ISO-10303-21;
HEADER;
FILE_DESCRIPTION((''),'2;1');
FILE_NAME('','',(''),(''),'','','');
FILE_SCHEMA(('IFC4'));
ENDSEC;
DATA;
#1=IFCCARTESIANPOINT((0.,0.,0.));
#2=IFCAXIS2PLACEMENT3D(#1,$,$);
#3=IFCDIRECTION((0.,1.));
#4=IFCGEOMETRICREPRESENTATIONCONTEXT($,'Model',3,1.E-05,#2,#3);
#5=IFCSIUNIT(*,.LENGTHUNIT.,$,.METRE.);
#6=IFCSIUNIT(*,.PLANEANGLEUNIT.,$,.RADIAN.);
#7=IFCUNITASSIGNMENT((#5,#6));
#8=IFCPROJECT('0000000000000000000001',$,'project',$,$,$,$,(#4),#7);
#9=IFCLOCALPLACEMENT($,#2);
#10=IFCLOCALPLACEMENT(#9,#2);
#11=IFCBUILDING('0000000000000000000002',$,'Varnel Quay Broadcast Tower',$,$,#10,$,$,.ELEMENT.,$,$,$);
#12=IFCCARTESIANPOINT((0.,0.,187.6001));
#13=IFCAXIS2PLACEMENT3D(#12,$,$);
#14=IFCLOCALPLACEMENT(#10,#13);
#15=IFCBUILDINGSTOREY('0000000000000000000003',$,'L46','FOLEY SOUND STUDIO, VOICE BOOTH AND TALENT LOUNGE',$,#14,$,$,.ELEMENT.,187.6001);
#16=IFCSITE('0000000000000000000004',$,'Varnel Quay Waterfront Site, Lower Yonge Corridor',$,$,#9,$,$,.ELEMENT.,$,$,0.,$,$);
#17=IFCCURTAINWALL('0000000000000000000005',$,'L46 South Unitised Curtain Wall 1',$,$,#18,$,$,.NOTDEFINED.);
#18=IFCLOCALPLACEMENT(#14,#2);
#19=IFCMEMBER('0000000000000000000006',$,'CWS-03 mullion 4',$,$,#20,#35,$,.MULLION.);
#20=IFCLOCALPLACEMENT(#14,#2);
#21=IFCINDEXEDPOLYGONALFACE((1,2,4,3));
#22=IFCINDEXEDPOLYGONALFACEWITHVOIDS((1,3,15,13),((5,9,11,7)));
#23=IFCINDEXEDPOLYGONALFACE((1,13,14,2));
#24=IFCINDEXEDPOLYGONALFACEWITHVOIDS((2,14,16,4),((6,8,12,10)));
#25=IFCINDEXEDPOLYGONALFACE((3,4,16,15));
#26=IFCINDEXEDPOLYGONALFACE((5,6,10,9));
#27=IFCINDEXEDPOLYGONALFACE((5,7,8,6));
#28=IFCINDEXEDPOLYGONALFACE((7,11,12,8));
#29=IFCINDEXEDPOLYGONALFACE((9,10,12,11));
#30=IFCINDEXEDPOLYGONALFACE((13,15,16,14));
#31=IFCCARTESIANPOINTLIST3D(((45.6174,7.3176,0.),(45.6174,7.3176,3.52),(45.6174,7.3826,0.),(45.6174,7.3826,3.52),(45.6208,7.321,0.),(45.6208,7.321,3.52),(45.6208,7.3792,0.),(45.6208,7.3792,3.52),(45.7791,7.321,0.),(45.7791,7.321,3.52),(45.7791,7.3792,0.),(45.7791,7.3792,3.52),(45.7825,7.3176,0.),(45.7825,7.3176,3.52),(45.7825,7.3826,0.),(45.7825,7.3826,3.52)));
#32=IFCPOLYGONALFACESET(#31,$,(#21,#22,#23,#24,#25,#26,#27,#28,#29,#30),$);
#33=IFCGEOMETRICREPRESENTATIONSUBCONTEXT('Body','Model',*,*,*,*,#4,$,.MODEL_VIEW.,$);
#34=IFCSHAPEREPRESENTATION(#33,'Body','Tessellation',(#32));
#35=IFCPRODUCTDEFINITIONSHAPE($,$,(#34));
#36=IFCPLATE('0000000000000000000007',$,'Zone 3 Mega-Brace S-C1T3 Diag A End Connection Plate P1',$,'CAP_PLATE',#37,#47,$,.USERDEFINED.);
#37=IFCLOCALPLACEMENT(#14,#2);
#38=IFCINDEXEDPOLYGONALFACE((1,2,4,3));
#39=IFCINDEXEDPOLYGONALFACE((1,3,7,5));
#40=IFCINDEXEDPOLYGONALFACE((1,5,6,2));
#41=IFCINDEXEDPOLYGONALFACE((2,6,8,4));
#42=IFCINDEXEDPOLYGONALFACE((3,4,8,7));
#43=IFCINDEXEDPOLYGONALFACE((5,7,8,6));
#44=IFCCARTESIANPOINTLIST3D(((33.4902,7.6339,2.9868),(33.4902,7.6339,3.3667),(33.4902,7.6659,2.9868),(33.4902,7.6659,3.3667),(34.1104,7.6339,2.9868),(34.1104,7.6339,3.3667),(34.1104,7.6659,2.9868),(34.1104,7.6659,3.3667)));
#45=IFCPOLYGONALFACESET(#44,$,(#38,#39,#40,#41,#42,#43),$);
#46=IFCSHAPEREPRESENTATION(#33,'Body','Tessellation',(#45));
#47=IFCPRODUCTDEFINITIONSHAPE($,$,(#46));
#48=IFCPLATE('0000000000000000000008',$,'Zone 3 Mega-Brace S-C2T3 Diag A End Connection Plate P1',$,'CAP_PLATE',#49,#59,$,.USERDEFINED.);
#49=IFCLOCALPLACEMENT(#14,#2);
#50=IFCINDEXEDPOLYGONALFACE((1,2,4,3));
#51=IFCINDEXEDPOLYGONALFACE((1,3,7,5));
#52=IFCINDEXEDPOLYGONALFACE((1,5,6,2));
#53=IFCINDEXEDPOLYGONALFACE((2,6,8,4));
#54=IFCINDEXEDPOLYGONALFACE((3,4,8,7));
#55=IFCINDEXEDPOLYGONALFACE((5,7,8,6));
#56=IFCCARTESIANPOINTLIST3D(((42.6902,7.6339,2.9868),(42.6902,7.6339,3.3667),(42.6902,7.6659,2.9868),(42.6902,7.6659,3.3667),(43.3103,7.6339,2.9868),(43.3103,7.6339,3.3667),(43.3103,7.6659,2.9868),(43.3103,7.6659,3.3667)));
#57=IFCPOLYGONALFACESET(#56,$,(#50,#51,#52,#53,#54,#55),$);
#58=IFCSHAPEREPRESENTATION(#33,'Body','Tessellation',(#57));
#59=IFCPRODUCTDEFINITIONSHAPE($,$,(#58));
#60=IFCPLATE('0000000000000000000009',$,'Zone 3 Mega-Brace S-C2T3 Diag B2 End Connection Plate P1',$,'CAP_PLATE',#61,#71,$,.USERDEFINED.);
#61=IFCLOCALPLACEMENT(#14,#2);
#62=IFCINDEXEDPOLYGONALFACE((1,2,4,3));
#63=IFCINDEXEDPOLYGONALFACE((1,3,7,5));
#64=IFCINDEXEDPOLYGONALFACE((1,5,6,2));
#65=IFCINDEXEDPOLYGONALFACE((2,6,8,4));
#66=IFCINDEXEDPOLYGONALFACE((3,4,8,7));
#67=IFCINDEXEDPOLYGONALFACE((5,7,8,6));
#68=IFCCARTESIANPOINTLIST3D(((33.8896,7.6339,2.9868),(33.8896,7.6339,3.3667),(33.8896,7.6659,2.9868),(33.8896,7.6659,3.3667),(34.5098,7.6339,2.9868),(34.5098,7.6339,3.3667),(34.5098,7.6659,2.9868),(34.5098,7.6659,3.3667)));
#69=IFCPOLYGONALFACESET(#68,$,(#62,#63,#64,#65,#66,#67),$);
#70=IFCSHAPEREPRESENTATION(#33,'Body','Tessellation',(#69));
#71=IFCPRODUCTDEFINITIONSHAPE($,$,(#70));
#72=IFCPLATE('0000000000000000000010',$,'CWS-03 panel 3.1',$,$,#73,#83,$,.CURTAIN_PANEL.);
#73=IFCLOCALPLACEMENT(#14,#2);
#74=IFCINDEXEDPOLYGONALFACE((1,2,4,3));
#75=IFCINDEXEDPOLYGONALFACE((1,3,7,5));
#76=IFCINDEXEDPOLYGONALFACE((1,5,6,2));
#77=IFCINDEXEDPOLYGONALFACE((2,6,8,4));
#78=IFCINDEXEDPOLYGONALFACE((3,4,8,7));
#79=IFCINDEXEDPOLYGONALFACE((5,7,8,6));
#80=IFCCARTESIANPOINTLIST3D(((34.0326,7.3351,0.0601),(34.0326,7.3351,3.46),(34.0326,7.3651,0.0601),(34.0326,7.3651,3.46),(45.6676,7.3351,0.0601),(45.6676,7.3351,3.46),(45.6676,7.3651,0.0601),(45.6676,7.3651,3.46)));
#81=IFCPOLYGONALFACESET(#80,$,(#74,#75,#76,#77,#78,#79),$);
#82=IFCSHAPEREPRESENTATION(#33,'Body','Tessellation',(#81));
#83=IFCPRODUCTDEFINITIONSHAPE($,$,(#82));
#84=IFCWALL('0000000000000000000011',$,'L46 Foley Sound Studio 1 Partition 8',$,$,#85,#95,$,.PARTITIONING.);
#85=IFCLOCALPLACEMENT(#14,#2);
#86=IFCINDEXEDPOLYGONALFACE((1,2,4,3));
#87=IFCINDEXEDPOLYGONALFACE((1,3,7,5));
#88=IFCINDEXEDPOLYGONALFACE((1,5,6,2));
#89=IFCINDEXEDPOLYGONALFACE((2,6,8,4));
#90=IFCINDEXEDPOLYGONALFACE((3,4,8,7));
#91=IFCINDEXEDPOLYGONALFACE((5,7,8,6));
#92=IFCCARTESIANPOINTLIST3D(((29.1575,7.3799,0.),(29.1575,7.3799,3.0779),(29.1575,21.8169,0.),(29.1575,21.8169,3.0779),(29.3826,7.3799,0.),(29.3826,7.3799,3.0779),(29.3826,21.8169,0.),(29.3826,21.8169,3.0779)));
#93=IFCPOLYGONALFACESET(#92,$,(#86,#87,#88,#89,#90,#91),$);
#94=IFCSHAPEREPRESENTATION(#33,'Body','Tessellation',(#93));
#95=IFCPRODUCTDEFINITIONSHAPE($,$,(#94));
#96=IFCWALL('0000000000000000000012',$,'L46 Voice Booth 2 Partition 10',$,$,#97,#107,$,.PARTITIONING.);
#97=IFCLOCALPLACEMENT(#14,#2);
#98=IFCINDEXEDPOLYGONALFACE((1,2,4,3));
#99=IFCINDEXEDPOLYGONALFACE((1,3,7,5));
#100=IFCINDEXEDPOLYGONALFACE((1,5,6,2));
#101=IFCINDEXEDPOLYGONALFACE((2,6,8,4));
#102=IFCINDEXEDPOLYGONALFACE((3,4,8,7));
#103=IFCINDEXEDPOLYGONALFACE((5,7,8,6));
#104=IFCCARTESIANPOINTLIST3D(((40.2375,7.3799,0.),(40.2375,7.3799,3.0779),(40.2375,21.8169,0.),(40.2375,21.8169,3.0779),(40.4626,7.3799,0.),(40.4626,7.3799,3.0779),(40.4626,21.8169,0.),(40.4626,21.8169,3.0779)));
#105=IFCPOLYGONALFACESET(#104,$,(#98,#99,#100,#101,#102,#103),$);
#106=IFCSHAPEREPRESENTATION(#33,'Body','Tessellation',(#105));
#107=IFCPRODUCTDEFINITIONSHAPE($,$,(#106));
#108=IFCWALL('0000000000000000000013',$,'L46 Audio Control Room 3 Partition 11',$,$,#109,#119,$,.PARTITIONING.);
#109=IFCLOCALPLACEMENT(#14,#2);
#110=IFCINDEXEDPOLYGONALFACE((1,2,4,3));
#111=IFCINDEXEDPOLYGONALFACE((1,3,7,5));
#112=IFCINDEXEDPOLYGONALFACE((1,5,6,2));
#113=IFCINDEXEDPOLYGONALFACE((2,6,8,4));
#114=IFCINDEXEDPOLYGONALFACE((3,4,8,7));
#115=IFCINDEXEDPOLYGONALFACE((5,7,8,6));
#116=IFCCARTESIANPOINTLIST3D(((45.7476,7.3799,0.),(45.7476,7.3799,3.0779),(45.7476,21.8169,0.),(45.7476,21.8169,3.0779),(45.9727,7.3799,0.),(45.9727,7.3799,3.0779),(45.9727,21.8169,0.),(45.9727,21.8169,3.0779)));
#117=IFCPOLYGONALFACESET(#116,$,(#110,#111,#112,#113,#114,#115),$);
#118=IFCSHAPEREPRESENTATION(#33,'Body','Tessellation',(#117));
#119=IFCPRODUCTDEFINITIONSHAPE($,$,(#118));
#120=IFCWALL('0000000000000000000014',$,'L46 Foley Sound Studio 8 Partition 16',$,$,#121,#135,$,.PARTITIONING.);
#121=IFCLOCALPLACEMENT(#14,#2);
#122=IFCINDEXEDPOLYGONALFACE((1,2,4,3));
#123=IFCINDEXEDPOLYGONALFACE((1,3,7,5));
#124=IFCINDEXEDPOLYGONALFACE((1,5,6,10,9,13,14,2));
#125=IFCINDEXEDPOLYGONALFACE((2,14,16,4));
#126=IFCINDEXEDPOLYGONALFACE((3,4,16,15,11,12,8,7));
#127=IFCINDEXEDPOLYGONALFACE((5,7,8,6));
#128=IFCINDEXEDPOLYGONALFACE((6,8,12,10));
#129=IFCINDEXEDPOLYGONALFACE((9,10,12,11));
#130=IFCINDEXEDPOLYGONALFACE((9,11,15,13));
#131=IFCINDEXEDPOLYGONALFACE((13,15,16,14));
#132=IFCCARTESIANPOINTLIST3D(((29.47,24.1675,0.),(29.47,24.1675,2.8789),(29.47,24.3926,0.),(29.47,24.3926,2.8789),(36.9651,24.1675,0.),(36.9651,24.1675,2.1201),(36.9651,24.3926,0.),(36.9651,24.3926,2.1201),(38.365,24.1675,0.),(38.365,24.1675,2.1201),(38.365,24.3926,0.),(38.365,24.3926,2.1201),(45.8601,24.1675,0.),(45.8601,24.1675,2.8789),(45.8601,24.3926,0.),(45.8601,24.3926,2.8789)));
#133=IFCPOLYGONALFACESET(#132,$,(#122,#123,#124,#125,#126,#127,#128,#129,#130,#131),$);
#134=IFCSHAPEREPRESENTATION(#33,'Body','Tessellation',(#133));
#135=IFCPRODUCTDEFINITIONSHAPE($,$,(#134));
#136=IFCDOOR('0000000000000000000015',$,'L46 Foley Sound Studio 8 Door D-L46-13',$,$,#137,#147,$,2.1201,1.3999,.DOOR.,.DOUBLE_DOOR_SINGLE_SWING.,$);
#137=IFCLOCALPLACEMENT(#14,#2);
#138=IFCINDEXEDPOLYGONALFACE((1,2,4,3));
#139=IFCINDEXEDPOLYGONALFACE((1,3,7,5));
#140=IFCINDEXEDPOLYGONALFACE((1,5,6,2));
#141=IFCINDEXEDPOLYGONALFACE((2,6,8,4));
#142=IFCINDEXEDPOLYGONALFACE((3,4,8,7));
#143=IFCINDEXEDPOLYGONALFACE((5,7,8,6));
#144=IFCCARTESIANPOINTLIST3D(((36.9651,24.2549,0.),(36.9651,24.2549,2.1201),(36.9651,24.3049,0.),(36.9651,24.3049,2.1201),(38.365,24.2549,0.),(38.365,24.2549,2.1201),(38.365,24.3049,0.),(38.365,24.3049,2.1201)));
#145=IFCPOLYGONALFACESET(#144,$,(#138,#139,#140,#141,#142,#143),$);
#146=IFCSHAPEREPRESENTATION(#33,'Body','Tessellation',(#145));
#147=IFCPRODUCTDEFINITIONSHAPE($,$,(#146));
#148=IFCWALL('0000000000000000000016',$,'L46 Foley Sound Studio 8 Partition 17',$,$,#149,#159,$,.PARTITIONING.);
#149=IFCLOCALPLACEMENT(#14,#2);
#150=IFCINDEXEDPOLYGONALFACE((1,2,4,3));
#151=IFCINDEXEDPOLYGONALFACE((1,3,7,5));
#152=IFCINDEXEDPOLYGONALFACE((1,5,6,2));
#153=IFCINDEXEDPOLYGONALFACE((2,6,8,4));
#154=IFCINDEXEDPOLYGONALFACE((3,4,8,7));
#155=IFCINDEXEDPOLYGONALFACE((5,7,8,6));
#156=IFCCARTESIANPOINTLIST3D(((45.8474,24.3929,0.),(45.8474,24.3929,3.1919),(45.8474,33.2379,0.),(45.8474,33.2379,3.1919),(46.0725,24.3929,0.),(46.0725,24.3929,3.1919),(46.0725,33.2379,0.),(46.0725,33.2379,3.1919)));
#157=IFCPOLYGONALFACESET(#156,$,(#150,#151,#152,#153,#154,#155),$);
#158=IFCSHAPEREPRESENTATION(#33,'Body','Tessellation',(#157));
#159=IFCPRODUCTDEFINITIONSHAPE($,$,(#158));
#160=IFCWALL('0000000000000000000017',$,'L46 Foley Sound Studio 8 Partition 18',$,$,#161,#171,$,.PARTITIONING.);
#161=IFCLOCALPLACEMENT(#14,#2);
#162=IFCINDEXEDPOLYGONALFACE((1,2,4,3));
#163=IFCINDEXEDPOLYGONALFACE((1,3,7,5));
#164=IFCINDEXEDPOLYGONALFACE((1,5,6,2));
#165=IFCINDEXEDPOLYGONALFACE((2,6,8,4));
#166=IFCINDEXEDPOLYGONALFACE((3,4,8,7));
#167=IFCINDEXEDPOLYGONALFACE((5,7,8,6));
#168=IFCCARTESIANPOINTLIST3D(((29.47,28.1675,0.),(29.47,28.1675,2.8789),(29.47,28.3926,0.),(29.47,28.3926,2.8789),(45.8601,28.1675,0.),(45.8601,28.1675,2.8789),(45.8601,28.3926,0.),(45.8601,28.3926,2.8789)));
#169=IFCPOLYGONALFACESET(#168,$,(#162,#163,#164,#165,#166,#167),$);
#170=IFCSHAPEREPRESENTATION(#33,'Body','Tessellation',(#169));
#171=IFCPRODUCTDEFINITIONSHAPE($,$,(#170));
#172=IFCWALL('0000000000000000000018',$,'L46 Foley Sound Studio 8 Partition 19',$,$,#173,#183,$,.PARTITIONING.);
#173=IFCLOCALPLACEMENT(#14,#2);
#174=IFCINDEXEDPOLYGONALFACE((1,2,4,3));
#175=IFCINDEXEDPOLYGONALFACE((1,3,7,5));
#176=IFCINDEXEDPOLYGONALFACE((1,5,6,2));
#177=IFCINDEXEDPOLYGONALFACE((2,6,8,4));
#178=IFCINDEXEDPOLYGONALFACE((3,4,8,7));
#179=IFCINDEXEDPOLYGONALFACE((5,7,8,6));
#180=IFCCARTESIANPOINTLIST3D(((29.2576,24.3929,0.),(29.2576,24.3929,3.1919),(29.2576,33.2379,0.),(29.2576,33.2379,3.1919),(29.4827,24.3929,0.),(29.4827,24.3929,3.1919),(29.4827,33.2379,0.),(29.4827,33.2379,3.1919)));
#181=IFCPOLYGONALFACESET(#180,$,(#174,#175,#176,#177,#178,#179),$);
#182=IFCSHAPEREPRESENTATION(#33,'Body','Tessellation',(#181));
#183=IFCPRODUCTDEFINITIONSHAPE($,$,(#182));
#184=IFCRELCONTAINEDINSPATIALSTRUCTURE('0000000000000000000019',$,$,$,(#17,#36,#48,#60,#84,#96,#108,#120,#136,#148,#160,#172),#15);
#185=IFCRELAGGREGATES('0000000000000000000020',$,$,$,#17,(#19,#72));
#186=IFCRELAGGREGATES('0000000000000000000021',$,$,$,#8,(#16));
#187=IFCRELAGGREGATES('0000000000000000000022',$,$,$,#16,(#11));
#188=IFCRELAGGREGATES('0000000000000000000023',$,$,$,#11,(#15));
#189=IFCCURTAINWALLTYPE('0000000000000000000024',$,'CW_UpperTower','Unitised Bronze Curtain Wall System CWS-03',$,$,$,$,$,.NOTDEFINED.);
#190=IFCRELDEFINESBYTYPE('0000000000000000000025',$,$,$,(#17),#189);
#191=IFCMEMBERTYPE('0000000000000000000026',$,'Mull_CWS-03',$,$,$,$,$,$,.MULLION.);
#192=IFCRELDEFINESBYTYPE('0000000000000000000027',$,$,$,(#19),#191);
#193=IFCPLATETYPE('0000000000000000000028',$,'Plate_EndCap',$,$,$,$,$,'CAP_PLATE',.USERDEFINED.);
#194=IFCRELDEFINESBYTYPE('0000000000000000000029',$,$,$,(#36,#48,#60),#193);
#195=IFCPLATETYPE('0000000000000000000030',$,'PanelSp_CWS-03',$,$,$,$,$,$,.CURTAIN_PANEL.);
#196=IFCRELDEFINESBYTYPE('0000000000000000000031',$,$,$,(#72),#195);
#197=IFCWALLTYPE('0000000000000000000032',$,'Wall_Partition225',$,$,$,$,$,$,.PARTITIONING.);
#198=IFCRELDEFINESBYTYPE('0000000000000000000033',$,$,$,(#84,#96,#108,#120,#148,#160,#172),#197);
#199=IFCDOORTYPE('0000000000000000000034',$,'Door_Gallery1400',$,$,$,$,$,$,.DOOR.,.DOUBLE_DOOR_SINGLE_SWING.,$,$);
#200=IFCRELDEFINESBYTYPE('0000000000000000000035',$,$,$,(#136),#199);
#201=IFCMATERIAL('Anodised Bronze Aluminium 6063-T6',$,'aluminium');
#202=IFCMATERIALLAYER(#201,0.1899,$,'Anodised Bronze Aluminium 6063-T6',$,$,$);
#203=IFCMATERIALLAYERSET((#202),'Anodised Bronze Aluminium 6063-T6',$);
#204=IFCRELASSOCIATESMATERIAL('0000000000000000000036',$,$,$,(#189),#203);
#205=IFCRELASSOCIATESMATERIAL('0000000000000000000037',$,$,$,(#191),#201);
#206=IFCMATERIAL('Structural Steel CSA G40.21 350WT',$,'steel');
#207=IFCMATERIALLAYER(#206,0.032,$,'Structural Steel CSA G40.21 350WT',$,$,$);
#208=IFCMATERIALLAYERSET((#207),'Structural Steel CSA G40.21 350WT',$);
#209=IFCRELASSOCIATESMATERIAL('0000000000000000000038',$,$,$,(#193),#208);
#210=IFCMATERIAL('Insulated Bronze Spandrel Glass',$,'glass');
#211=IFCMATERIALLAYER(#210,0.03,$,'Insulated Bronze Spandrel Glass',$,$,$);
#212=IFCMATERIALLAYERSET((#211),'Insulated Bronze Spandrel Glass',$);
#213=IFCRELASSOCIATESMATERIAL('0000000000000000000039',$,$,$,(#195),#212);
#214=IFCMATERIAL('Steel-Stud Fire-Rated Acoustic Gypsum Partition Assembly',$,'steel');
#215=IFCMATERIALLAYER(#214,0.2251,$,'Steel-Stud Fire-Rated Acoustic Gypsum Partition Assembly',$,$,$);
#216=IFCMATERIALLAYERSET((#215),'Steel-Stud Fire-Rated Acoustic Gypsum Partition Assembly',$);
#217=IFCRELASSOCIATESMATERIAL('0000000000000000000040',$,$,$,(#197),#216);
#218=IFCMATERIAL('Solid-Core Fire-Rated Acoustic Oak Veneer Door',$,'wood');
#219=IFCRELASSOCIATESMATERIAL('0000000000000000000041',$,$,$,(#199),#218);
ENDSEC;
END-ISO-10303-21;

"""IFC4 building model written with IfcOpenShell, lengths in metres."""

from ifc_helpers import new_model, si_unit, direction, frame, frame_2d, origin, origin_2d, place, context, subcontext, project, spatial, rectangle, hollow_rectangle, extrude, source, transform, mapped, material, layer, layer_set, material_profile, profile_set, type_object, type_shapes, element, fill, aggregate, save


model = new_model("IFC4")

# Units and contexts
model_context = context("Model", 3, precision=1e-05, world=origin(), true_north=direction((0.0, 1.0)))
body_context = subcontext(model_context, "Body", "Model", "MODEL_VIEW")
ifc_project = project(units=[si_unit("LENGTHUNIT", "METRE"), si_unit("PLANEANGLEUNIT", "RADIAN")], contexts=[model_context])

# Site, building, storey
site_placement = place(None, origin())
site = spatial("IfcSite", under=ifc_project, at=site_placement, Name="Varnel Quay Waterfront Site, Lower Yonge Corridor", CompositionType="ELEMENT", RefElevation=0.0)
building_placement = place(site_placement, origin())
building = spatial("IfcBuilding", under=site, at=building_placement, Name="Varnel Quay Broadcast Tower", CompositionType="ELEMENT")
storey_placement = place(building_placement, frame((0.0, 0.0, 187.6001)))
storey = spatial("IfcBuildingStorey", under=building, at=storey_placement, Name="L46", Description="FOLEY SOUND STUDIO, VOICE BOOTH AND TALENT LOUNGE", CompositionType="ELEMENT", Elevation=187.6001)

# Curtain wall, member
ifc_material_1 = material(Name="Anodised Bronze Aluminium 6063-T6", Category="aluminium")
ifc_layer_1 = layer(ifc_material_1, 0.1899, Name="Anodised Bronze Aluminium 6063-T6")
ifc_layer_set_1 = layer_set([ifc_layer_1], Name="Anodised Bronze Aluminium 6063-T6")
curtain_wall_type = type_object("IfcCurtainWallType", Name="CW_UpperTower", Description="Unitised Bronze Curtain Wall System CWS-03", PredefinedType="NOTDEFINED", material=ifc_layer_set_1)
curtain_wall_placement = place(storey_placement, origin())
curtain_wall = element("IfcCurtainWall", 1, at=curtain_wall_placement, inside=storey, type_object=curtain_wall_type, Name="L46 South Unitised Curtain Wall 1", PredefinedType="NOTDEFINED")
ifc_material_profile_1 = material_profile(ifc_material_1, hollow_rectangle(XDim=0.0649, YDim=0.165, WallThickness=0.0034, at=origin_2d()), Name="ALU65X165X3.5")
ifc_profile_set_1 = profile_set([ifc_material_profile_1], Name="Anodised Bronze Aluminium 6063-T6")
member_type_1 = type_object("IfcMemberType", Name="Mull_CWS-03", PredefinedType="MULLION", material=ifc_profile_set_1)
shared_shape_1 = source(origin(), body_context, "Body", "SweptSolid", [
    extrude(hollow_rectangle(XDim=0.0649, YDim=0.165, WallThickness=0.0034, at=origin_2d()), origin(), (0.0, 0.0, 1.0), 3.52),
])
type_shapes(member_type_1, [shared_shape_1])
member_1_placement = place(storey_placement, frame((45.7, 7.3501, 0.0), z_axis=(0.0, 0.0, 1.0), x_axis=(0.0, 1.0, 0.0)))
member_1 = element("IfcMember", 2, at=member_1_placement, type_object=member_type_1, Name="CWS-03 mullion 4", PredefinedType="MULLION", context=body_context, shape_type="MappedRepresentation", body=[
    mapped(shared_shape_1, transform((0.0, 0.0, 0.0), x_axis=(1.0, 0.0, 0.0), y_axis=(0.0, 1.0, 0.0), z_axis=(0.0, 0.0, 1.0), scale=1.0)),
])

# Plates
ifc_material_2 = material(Name="Structural Steel CSA G40.21 350WT", Category="steel")
ifc_layer_2 = layer(ifc_material_2, 0.032, Name="Structural Steel CSA G40.21 350WT")
ifc_layer_set_2 = layer_set([ifc_layer_2], Name="Structural Steel CSA G40.21 350WT")
plate_type_1 = type_object("IfcPlateType", Name="Plate_EndCap", ElementType="CAP_PLATE", PredefinedType="USERDEFINED", material=ifc_layer_set_2)
shared_shape_2 = source(origin(), body_context, "Body", "SweptSolid", [
    extrude(rectangle(XDim=0.6201, YDim=0.032, at=origin_2d()), origin(), (0.0, 0.0, 1.0), 0.3799),
])
type_shapes(plate_type_1, [shared_shape_2])
for number, where, z_axis, x_axis, name in (
    (3, (33.8003, 7.6499, 2.9868), (0.0, 0.0, 1.0), (1.0, 0.0, 0.0), "Zone 3 Mega-Brace S-C1T3 Diag A End Connection Plate P1"),
    (4, (43.0002, 7.6499, 2.9868), (0.0, 0.0, 1.0), (1.0, 0.0, 0.0), "Zone 3 Mega-Brace S-C2T3 Diag A End Connection Plate P1"),
    (5, (34.1997, 7.6499, 2.9868), (0.0, 0.0, 1.0), (1.0, 0.0, 0.0), "Zone 3 Mega-Brace S-C2T3 Diag B2 End Connection Plate P1"),
):
    element("IfcPlate", number, at=place(storey_placement, frame(where, z_axis=z_axis, x_axis=x_axis)), inside=storey, type_object=plate_type_1, Name=name, ObjectType="CAP_PLATE", PredefinedType="USERDEFINED", context=body_context, shape_type="MappedRepresentation", body=[
        mapped(shared_shape_2, transform((0.0, 0.0, 0.0), x_axis=(1.0, 0.0, 0.0), y_axis=(0.0, 1.0, 0.0), z_axis=(0.0, 0.0, 1.0), scale=1.0)),
    ])

# Plate
ifc_material_3 = material(Name="Insulated Bronze Spandrel Glass", Category="glass")
ifc_layer_3 = layer(ifc_material_3, 0.03, Name="Insulated Bronze Spandrel Glass")
ifc_layer_set_3 = layer_set([ifc_layer_3], Name="Insulated Bronze Spandrel Glass")
plate_type_2 = type_object("IfcPlateType", Name="PanelSp_CWS-03", PredefinedType="CURTAIN_PANEL", material=ifc_layer_set_3)
shared_shape_3 = source(origin(), body_context, "Body", "SweptSolid", [
    extrude(rectangle(XDim=11.635, YDim=0.03, at=origin_2d()), origin(), (0.0, 0.0, 1.0), 3.3999),
])
type_shapes(plate_type_2, [shared_shape_3])
plate_placement = place(storey_placement, frame((39.8501, 7.3501, 0.0601), z_axis=(0.0, 0.0, 1.0), x_axis=(1.0, 0.0, 0.0)))
plate = element("IfcPlate", 6, at=plate_placement, type_object=plate_type_2, Name="CWS-03 panel 3.1", PredefinedType="CURTAIN_PANEL", context=body_context, shape_type="MappedRepresentation", body=[
    mapped(shared_shape_3, transform((0.0, 0.0, 0.0), x_axis=(1.0, 0.0, 0.0), y_axis=(0.0, 1.0, 0.0), z_axis=(0.0, 0.0, 1.0), scale=1.0)),
])
aggregate(curtain_wall, [member_1, plate])

# Walls
ifc_material_4 = material(Name="Steel-Stud Fire-Rated Acoustic Gypsum Partition Assembly", Category="steel")
ifc_layer_4 = layer(ifc_material_4, 0.2251, Name="Steel-Stud Fire-Rated Acoustic Gypsum Partition Assembly")
ifc_layer_set_4 = layer_set([ifc_layer_4], Name="Steel-Stud Fire-Rated Acoustic Gypsum Partition Assembly")
wall_type = type_object("IfcWallType", Name="Wall_Partition225", PredefinedType="PARTITIONING", material=ifc_layer_set_4)
for number, where, z_axis, x_axis, name in (
    (7, (29.27, 7.3799, 0.0), (0.0, 0.0, 1.0), (0.0, 1.0, 0.0), "L46 Foley Sound Studio 1 Partition 8"),
    (8, (40.3501, 7.3799, 0.0), (0.0, 0.0, 1.0), (0.0, 1.0, 0.0), "L46 Voice Booth 2 Partition 10"),
    (9, (45.8601, 7.3799, 0.0), (0.0, 0.0, 1.0), (0.0, 1.0, 0.0), "L46 Audio Control Room 3 Partition 11"),
):
    element("IfcWall", number, at=place(storey_placement, frame(where, z_axis=z_axis, x_axis=x_axis)), inside=storey, type_object=wall_type, Name=name, PredefinedType="PARTITIONING", context=body_context, shape_type="SweptSolid", body=[
        extrude(rectangle(XDim=14.437, YDim=0.2251, at=frame_2d((7.2185, 0.0))), origin(), (0.0, 0.0, 1.0), 3.0779),
    ])

# Wall, opening, door
wall_1_placement = place(storey_placement, frame((29.47, 24.28, 0.0), z_axis=(0.0, 0.0, 1.0), x_axis=(1.0, 0.0, 0.0)))
wall_1 = element("IfcWall", 10, at=wall_1_placement, inside=storey, type_object=wall_type, Name="L46 Foley Sound Studio 8 Partition 16", PredefinedType="PARTITIONING", context=body_context, shape_type="SweptSolid", body=[
    extrude(rectangle(XDim=16.3901, YDim=0.2251, at=frame_2d((8.1951, 0.0))), origin(), (0.0, 0.0, 1.0), 2.8789),
])
opening_placement = place(wall_1_placement, frame((7.4951, 0.0, 0.0)))
opening = element("IfcOpeningElement", 11, at=opening_placement, cuts=wall_1, PredefinedType="OPENING", context=body_context, shape_type="SweptSolid", body=[
    extrude(rectangle(XDim=1.3999, YDim=2.1201, at=frame_2d((0.7, 1.0601))), frame((0.0, 0.1226, 0.0), z_axis=(0.0, -1.0, 0.0), x_axis=(1.0, 0.0, 0.0)), (0.0, 0.0, 1.0), 0.2451),
])
ifc_material_5 = material(Name="Solid-Core Fire-Rated Acoustic Oak Veneer Door", Category="wood")
door_type = type_object("IfcDoorType", Name="Door_Gallery1400", OperationType="DOUBLE_DOOR_SINGLE_SWING", PredefinedType="DOOR", material=ifc_material_5)
shared_shape_4 = source(origin(), body_context, "Body", "SweptSolid", [
    extrude(rectangle(XDim=1.3999, YDim=2.1201, at=frame_2d((0.7, 1.0601))), frame((0.0, 0.0249, 0.0), z_axis=(0.0, -1.0, 0.0), x_axis=(1.0, 0.0, 0.0)), (0.0, 0.0, 1.0), 0.05),
])
type_shapes(door_type, [shared_shape_4])
door_placement = place(opening_placement, origin())
door = element("IfcDoor", 12, at=door_placement, inside=storey, type_object=door_type, Name="L46 Foley Sound Studio 8 Door D-L46-13", OperationType="DOUBLE_DOOR_SINGLE_SWING", OverallHeight=2.1201, OverallWidth=1.3999, PredefinedType="DOOR", context=body_context, shape_type="MappedRepresentation", body=[
    mapped(shared_shape_4, transform((0.0, 0.0, 0.0), x_axis=(1.0, 0.0, 0.0), y_axis=(0.0, 1.0, 0.0), z_axis=(0.0, 0.0, 1.0), scale=1.0)),
])
fill(opening, door)

# Walls
wall_2_placement = place(storey_placement, frame((45.96, 24.3931, 0.0), z_axis=(0.0, 0.0, 1.0), x_axis=(0.0, 1.0, 0.0)))
element("IfcWall", 13, at=wall_2_placement, inside=storey, type_object=wall_type, Name="L46 Foley Sound Studio 8 Partition 17", PredefinedType="PARTITIONING", context=body_context, shape_type="SweptSolid", body=[
    extrude(rectangle(XDim=8.845, YDim=0.2251, at=frame_2d((4.4224, 0.0))), origin(), (0.0, 0.0, 1.0), 3.1919),
])
wall_3_placement = place(storey_placement, frame((29.47, 28.28, 0.0), z_axis=(0.0, 0.0, 1.0), x_axis=(1.0, 0.0, 0.0)))
element("IfcWall", 14, at=wall_3_placement, inside=storey, type_object=wall_type, Name="L46 Foley Sound Studio 8 Partition 18", PredefinedType="PARTITIONING", context=body_context, shape_type="SweptSolid", body=[
    extrude(rectangle(XDim=16.3901, YDim=0.2251, at=frame_2d((8.1951, 0.0))), origin(), (0.0, 0.0, 1.0), 2.8789),
])
wall_4_placement = place(storey_placement, frame((29.3701, 24.3931, 0.0), z_axis=(0.0, 0.0, 1.0), x_axis=(0.0, 1.0, 0.0)))
element("IfcWall", 15, at=wall_4_placement, inside=storey, type_object=wall_type, Name="L46 Foley Sound Studio 8 Partition 19", PredefinedType="PARTITIONING", context=body_context, shape_type="SweptSolid", body=[
    extrude(rectangle(XDim=8.845, YDim=0.2251, at=frame_2d((4.4224, 0.0))), origin(), (0.0, 0.0, 1.0), 3.1919),
])

save(model, "model.ifc")
